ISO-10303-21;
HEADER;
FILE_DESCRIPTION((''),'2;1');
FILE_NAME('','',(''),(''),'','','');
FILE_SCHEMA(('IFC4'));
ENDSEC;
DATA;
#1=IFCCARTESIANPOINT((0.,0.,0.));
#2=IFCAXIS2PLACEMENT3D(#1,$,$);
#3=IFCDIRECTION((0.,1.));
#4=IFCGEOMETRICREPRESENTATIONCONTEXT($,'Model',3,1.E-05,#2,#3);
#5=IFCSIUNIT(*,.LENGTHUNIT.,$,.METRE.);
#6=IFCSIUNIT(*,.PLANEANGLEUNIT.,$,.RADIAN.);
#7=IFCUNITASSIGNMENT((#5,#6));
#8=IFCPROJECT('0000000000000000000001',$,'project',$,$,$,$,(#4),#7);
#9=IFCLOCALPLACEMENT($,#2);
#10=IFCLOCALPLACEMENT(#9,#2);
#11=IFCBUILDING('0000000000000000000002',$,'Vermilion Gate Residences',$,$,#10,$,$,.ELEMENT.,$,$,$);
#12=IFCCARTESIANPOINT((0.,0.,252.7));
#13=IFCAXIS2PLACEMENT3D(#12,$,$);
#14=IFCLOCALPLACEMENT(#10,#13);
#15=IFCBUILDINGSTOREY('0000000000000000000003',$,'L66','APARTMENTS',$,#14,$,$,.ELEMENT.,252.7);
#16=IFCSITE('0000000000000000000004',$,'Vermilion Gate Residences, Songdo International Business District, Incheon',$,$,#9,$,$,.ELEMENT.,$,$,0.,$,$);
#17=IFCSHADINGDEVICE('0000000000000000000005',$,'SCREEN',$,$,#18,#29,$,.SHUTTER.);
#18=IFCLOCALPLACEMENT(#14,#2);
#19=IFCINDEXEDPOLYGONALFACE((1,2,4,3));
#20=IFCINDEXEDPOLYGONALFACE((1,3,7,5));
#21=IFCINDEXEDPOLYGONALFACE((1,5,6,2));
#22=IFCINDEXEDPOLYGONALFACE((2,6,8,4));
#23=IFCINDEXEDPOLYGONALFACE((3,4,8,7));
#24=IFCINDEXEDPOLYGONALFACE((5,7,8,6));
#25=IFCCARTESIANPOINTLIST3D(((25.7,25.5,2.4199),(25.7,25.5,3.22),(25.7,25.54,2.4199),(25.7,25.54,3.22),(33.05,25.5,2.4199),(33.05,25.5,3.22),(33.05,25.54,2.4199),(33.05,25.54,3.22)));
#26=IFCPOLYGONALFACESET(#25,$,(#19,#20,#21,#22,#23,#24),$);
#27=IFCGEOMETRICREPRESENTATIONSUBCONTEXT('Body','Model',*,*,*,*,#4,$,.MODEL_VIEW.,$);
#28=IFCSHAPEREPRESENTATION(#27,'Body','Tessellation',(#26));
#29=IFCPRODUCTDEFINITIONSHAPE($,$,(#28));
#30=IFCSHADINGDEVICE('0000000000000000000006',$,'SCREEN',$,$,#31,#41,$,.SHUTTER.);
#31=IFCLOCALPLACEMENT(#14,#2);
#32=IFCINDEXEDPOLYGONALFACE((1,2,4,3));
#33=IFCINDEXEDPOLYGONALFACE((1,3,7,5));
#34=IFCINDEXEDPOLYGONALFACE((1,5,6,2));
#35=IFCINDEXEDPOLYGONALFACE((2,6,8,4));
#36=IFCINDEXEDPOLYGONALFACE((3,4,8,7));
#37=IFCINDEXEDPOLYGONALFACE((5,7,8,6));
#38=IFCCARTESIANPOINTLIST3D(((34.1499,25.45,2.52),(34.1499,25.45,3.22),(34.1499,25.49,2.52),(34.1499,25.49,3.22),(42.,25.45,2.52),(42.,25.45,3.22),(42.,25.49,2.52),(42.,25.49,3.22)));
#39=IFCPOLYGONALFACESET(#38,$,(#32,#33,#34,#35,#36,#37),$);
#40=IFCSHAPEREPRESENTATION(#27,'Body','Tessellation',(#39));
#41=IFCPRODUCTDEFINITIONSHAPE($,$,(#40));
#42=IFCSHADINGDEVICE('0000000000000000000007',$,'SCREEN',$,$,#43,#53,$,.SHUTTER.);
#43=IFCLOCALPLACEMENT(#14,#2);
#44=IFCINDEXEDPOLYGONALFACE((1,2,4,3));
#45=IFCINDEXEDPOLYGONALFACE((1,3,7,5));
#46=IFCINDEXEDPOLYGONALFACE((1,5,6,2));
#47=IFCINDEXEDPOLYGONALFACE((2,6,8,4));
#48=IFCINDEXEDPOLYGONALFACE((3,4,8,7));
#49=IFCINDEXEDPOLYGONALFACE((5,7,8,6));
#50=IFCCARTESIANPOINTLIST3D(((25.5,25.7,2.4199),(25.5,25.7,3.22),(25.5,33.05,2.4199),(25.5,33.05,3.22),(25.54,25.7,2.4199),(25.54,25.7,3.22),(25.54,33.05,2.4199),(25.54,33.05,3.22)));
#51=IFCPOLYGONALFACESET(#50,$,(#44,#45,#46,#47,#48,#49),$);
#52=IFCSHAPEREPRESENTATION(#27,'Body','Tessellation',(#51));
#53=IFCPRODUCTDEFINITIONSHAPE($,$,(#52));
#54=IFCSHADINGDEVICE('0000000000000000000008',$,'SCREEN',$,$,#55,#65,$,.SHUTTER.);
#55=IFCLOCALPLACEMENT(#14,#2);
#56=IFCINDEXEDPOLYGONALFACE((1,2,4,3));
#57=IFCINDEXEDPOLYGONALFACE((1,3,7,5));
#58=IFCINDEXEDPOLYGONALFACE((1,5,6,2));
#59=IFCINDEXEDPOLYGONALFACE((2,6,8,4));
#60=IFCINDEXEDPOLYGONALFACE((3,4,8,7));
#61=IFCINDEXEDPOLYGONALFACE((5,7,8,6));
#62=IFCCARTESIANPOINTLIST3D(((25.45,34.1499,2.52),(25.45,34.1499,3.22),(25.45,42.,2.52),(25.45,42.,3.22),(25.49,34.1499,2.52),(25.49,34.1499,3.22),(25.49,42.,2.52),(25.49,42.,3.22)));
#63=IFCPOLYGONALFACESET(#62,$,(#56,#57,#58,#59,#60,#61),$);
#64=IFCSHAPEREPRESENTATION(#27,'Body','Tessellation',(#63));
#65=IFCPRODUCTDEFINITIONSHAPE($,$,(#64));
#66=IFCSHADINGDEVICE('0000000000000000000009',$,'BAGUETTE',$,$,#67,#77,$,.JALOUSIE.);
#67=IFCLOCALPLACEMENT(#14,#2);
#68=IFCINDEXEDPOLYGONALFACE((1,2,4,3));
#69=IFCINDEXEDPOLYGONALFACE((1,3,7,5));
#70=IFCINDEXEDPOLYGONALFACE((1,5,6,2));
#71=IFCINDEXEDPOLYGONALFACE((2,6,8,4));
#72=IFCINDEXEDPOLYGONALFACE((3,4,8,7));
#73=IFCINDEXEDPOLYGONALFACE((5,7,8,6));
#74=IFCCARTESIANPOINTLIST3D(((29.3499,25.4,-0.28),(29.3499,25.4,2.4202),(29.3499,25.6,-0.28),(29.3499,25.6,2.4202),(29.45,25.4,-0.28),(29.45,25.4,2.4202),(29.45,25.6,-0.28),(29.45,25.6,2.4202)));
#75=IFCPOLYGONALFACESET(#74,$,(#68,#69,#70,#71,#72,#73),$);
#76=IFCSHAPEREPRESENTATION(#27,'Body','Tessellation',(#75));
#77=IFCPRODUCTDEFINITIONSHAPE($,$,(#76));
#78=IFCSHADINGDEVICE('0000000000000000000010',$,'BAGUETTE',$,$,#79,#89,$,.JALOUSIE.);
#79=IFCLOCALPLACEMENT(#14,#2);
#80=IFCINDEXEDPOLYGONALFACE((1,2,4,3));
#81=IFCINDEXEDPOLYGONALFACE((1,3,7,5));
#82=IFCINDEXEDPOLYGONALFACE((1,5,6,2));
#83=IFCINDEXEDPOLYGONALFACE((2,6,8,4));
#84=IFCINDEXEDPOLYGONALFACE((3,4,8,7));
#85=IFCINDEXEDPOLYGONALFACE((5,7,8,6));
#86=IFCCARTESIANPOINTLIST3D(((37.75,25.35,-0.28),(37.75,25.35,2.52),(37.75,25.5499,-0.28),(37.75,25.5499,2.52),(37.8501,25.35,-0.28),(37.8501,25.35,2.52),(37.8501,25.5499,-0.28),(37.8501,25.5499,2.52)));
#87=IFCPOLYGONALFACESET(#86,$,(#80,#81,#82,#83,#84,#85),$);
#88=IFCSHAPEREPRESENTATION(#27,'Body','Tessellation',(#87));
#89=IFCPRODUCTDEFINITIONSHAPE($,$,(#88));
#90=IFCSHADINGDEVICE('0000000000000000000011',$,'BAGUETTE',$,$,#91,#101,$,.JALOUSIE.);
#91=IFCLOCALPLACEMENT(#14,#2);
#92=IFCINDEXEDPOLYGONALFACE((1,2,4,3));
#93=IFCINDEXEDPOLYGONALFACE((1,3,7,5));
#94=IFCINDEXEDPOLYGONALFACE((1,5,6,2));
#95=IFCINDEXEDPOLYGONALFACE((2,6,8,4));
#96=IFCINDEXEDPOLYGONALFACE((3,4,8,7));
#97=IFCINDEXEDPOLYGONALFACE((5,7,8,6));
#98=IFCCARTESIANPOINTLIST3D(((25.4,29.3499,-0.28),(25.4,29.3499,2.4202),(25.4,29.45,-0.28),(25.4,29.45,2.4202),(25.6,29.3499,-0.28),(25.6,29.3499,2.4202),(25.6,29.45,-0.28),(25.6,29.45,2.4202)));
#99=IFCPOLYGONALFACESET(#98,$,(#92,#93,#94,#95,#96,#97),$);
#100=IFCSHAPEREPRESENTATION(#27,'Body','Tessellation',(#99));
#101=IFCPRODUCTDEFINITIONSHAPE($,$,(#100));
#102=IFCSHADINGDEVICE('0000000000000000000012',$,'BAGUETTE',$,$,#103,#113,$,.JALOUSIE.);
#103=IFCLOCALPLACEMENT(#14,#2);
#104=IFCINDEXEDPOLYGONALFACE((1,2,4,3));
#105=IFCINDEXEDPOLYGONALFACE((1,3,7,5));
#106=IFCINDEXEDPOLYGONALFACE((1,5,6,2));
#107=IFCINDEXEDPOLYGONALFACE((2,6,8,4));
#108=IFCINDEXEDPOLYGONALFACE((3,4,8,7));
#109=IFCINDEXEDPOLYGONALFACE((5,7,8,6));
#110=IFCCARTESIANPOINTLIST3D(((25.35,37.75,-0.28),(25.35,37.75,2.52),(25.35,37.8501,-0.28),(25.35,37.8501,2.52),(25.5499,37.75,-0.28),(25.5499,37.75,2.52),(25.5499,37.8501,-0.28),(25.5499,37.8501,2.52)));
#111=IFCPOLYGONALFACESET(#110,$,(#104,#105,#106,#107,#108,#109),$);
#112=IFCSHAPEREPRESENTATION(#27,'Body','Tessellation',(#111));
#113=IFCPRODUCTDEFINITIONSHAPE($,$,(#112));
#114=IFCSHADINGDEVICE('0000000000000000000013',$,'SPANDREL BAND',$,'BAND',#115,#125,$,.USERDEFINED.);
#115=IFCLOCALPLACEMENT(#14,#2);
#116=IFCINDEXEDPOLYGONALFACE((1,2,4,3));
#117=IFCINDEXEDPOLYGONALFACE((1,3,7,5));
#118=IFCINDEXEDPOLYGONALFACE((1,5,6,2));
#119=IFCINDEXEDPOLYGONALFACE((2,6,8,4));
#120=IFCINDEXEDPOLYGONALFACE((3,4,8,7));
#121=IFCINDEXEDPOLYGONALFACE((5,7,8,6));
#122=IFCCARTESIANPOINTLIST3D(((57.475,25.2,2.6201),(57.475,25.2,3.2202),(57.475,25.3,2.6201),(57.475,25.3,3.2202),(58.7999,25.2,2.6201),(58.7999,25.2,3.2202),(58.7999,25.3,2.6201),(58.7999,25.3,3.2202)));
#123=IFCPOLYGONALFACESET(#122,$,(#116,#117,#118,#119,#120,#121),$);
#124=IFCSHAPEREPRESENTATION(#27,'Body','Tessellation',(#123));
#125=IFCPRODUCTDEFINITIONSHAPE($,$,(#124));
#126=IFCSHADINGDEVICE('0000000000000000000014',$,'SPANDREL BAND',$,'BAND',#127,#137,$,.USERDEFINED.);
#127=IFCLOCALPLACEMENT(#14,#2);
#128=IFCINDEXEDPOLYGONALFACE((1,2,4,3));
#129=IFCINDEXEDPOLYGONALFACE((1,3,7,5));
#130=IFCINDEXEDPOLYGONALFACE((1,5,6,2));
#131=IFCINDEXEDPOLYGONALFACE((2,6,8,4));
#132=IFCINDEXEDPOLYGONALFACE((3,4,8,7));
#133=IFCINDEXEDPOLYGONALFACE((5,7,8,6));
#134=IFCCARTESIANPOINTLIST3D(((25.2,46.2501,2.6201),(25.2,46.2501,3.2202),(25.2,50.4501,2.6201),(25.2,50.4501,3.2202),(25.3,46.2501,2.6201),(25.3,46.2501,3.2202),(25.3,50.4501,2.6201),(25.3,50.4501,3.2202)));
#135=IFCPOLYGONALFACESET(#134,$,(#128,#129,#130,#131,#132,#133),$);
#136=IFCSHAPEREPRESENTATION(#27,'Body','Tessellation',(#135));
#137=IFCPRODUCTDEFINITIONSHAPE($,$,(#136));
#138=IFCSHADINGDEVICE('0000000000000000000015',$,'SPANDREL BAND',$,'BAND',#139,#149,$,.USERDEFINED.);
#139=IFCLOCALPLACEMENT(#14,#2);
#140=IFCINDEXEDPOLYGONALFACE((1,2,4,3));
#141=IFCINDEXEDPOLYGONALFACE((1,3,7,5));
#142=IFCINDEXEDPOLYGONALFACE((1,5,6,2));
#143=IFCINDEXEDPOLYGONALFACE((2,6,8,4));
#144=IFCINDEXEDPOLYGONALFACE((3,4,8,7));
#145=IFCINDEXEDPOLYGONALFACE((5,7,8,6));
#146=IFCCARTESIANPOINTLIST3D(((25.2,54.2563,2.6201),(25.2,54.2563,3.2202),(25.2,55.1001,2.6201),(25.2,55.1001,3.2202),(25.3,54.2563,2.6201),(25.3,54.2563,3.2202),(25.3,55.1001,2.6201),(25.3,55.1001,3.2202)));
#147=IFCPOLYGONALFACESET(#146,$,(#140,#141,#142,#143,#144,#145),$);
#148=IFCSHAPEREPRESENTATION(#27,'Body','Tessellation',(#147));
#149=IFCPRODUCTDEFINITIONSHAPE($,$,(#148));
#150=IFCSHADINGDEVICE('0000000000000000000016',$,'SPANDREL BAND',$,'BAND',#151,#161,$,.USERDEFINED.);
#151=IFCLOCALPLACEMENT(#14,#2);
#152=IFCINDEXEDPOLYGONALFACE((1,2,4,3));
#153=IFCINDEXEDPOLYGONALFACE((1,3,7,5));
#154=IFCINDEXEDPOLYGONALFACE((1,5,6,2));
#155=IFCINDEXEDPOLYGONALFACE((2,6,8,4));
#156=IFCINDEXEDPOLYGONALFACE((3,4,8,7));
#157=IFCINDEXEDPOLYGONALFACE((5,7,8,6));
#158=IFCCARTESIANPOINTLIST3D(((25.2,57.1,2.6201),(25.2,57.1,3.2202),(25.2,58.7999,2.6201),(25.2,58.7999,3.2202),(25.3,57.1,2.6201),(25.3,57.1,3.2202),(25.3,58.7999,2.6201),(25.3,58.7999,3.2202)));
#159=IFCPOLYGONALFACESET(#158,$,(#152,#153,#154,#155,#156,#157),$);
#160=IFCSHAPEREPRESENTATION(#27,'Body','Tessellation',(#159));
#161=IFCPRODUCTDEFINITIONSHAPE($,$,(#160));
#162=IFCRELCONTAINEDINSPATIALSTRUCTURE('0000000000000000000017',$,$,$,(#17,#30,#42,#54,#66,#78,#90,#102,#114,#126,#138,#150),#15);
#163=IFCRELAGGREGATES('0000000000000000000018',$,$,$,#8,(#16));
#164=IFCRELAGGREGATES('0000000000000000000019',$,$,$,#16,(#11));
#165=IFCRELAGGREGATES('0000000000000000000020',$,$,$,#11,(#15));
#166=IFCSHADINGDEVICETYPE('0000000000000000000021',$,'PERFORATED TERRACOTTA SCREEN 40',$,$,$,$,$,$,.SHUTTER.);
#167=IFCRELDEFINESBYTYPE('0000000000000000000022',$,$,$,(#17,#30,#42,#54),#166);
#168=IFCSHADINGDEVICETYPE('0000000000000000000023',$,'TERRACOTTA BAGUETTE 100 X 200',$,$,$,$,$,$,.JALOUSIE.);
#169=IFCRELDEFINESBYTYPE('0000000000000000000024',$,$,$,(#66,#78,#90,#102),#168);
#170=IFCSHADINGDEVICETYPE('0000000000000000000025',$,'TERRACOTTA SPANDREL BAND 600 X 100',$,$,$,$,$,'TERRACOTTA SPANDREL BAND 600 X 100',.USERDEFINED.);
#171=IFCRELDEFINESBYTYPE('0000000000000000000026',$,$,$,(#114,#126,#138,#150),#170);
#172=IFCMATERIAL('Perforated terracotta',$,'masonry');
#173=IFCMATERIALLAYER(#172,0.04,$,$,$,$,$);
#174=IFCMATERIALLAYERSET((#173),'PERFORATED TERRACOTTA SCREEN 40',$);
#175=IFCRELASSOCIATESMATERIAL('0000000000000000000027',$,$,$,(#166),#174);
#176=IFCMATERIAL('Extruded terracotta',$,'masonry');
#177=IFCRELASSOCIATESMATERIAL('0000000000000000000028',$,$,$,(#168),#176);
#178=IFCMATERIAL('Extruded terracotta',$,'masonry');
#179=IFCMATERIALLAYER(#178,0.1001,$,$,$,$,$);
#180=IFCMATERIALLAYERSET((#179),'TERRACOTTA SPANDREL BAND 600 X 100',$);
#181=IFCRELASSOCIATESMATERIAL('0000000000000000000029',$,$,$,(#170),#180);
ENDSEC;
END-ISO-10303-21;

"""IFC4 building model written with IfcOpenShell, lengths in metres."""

from ifc_helpers import new_model, si_unit, direction, frame, origin, origin_2d, place, context, subcontext, project, spatial, rectangle, extrude, material, layer, layer_set, material_profile, profile_set, type_object, element, save


model = new_model("IFC4")

# Units and contexts
model_context = context("Model", 3, precision=1e-05, world=origin(), true_north=direction((0.0, 1.0)))
body_context = subcontext(model_context, "Body", "Model", "MODEL_VIEW")
ifc_project = project(units=[si_unit("LENGTHUNIT", "METRE"), si_unit("PLANEANGLEUNIT", "RADIAN")], contexts=[model_context])

# Site, building, storey
site_placement = place(None, origin())
site = spatial("IfcSite", under=ifc_project, at=site_placement, Name="Vermilion Gate Residences, Songdo International Business District, Incheon", CompositionType="ELEMENT", RefElevation=0.0)
building_placement = place(site_placement, origin())
building = spatial("IfcBuilding", under=site, at=building_placement, Name="Vermilion Gate Residences", CompositionType="ELEMENT")
storey_placement = place(building_placement, frame((0.0, 0.0, 252.7)))
storey = spatial("IfcBuildingStorey", under=building, at=storey_placement, Name="L66", Description="APARTMENTS", CompositionType="ELEMENT", Elevation=252.7)

# Shading devices
ifc_material_1 = material(Name="Perforated terracotta", Category="masonry")
ifc_layer_1 = layer(ifc_material_1, 0.04)
ifc_layer_set_1 = layer_set([ifc_layer_1], Name="PERFORATED TERRACOTTA SCREEN 40")
shading_device_type_1 = type_object("IfcShadingDeviceType", Name="PERFORATED TERRACOTTA SCREEN 40", PredefinedType="SHUTTER", material=ifc_layer_set_1)
shading_device_1_placement = place(storey_placement, frame((29.375, 25.52, 2.4199), z_axis=(0.0, 0.0, 1.0), x_axis=(-1.0, 0.0, 0.0)))
element("IfcShadingDevice", 1, at=shading_device_1_placement, inside=storey, type_object=shading_device_type_1, Name="SCREEN", PredefinedType="SHUTTER", context=body_context, shape_type="SweptSolid", body=[
    extrude(rectangle(XDim=7.3501, YDim=0.04, at=origin_2d()), origin(), (0.0, 0.0, 1.0), 0.8),
])
shading_device_2_placement = place(storey_placement, frame((38.075, 25.47, 2.52), z_axis=(0.0, 0.0, 1.0), x_axis=(-1.0, 0.0, 0.0)))
element("IfcShadingDevice", 2, at=shading_device_2_placement, inside=storey, type_object=shading_device_type_1, Name="SCREEN", PredefinedType="SHUTTER", context=body_context, shape_type="SweptSolid", body=[
    extrude(rectangle(XDim=7.8501, YDim=0.04, at=origin_2d()), origin(), (0.0, 0.0, 1.0), 0.7),
])
shading_device_3_placement = place(storey_placement, frame((25.52, 29.375, 2.4199), z_axis=(0.0, 0.0, 1.0), x_axis=(0.0, 1.0, 0.0)))
element("IfcShadingDevice", 3, at=shading_device_3_placement, inside=storey, type_object=shading_device_type_1, Name="SCREEN", PredefinedType="SHUTTER", context=body_context, shape_type="SweptSolid", body=[
    extrude(rectangle(XDim=7.3501, YDim=0.04, at=origin_2d()), origin(), (0.0, 0.0, 1.0), 0.8),
])
shading_device_4_placement = place(storey_placement, frame((25.47, 38.075, 2.52), z_axis=(0.0, 0.0, 1.0), x_axis=(0.0, 1.0, 0.0)))
element("IfcShadingDevice", 4, at=shading_device_4_placement, inside=storey, type_object=shading_device_type_1, Name="SCREEN", PredefinedType="SHUTTER", context=body_context, shape_type="SweptSolid", body=[
    extrude(rectangle(XDim=7.8501, YDim=0.04, at=origin_2d()), origin(), (0.0, 0.0, 1.0), 0.7),
])
ifc_material_2 = material(Name="Extruded terracotta", Category="masonry")
ifc_material_profile = material_profile(ifc_material_2, rectangle(XDim=0.2, YDim=0.1001, at=origin_2d()), Name="BAGUETTE 100 X 200")
ifc_profile_set = profile_set([ifc_material_profile], Name="Extruded terracotta")
shading_device_type_2 = type_object("IfcShadingDeviceType", Name="TERRACOTTA BAGUETTE 100 X 200", PredefinedType="JALOUSIE", material=ifc_profile_set)
shading_device_5_placement = place(storey_placement, frame((29.3999, 25.5, -0.28), z_axis=(0.0, 0.0, 1.0), x_axis=(0.0, -1.0, 0.0)))
element("IfcShadingDevice", 5, at=shading_device_5_placement, inside=storey, type_object=shading_device_type_2, Name="BAGUETTE", PredefinedType="JALOUSIE", context=body_context, shape_type="SweptSolid", body=[
    extrude(rectangle(XDim=0.2, YDim=0.1001, at=origin_2d()), origin(), (0.0, 0.0, 1.0), 2.7002),
])
shading_device_6_placement = place(storey_placement, frame((37.8, 25.45, -0.28), z_axis=(0.0, 0.0, 1.0), x_axis=(0.0, -1.0, 0.0)))
element("IfcShadingDevice", 6, at=shading_device_6_placement, inside=storey, type_object=shading_device_type_2, Name="BAGUETTE", PredefinedType="JALOUSIE", context=body_context, shape_type="SweptSolid", body=[
    extrude(rectangle(XDim=0.2, YDim=0.1001, at=origin_2d()), origin(), (0.0, 0.0, 1.0), 2.8),
])
shading_device_7_placement = place(storey_placement, frame((25.5, 29.3999, -0.28), z_axis=(0.0, 0.0, 1.0), x_axis=(-1.0, 0.0, 0.0)))
element("IfcShadingDevice", 7, at=shading_device_7_placement, inside=storey, type_object=shading_device_type_2, Name="BAGUETTE", PredefinedType="JALOUSIE", context=body_context, shape_type="SweptSolid", body=[
    extrude(rectangle(XDim=0.2, YDim=0.1001, at=origin_2d()), origin(), (0.0, 0.0, 1.0), 2.7002),
])
shading_device_8_placement = place(storey_placement, frame((25.45, 37.8, -0.28), z_axis=(0.0, 0.0, 1.0), x_axis=(-1.0, 0.0, 0.0)))
element("IfcShadingDevice", 8, at=shading_device_8_placement, inside=storey, type_object=shading_device_type_2, Name="BAGUETTE", PredefinedType="JALOUSIE", context=body_context, shape_type="SweptSolid", body=[
    extrude(rectangle(XDim=0.2, YDim=0.1001, at=origin_2d()), origin(), (0.0, 0.0, 1.0), 2.8),
])
ifc_material_3 = material(Name="Extruded terracotta", Category="masonry")
ifc_layer_2 = layer(ifc_material_3, 0.1001)
ifc_layer_set_2 = layer_set([ifc_layer_2], Name="TERRACOTTA SPANDREL BAND 600 X 100")
shading_device_type_3 = type_object("IfcShadingDeviceType", Name="TERRACOTTA SPANDREL BAND 600 X 100", ElementType="TERRACOTTA SPANDREL BAND 600 X 100", PredefinedType="USERDEFINED", material=ifc_layer_set_2)
shading_device_9_placement = place(storey_placement, frame((58.1375, 25.25, 2.6201), z_axis=(0.0, 0.0, 1.0), x_axis=(1.0, 0.0, 0.0)))
element("IfcShadingDevice", 9, at=shading_device_9_placement, inside=storey, type_object=shading_device_type_3, Name="SPANDREL BAND", ObjectType="BAND", PredefinedType="USERDEFINED", context=body_context, shape_type="SweptSolid", body=[
    extrude(rectangle(XDim=1.325, YDim=0.1001, at=origin_2d()), origin(), (0.0, 0.0, 1.0), 0.6001),
])
shading_device_10_placement = place(storey_placement, frame((25.25, 48.3501, 2.6201), z_axis=(0.0, 0.0, 1.0), x_axis=(0.0, 1.0, 0.0)))
element("IfcShadingDevice", 10, at=shading_device_10_placement, inside=storey, type_object=shading_device_type_3, Name="SPANDREL BAND", ObjectType="BAND", PredefinedType="USERDEFINED", context=body_context, shape_type="SweptSolid", body=[
    extrude(rectangle(XDim=4.2, YDim=0.1001, at=origin_2d()), origin(), (0.0, 0.0, 1.0), 0.6001),
])
shading_device_11_placement = place(storey_placement, frame((25.25, 54.6782, 2.6201), z_axis=(0.0, 0.0, 1.0), x_axis=(0.0, 1.0, 0.0)))
element("IfcShadingDevice", 11, at=shading_device_11_placement, inside=storey, type_object=shading_device_type_3, Name="SPANDREL BAND", ObjectType="BAND", PredefinedType="USERDEFINED", context=body_context, shape_type="SweptSolid", body=[
    extrude(rectangle(XDim=0.8438, YDim=0.1001, at=origin_2d()), origin(), (0.0, 0.0, 1.0), 0.6001),
])
shading_device_12_placement = place(storey_placement, frame((25.25, 57.95, 2.6201), z_axis=(0.0, 0.0, 1.0), x_axis=(0.0, 1.0, 0.0)))
element("IfcShadingDevice", 12, at=shading_device_12_placement, inside=storey, type_object=shading_device_type_3, Name="SPANDREL BAND", ObjectType="BAND", PredefinedType="USERDEFINED", context=body_context, shape_type="SweptSolid", body=[
    extrude(rectangle(XDim=1.7, YDim=0.1001, at=origin_2d()), origin(), (0.0, 0.0, 1.0), 0.6001),
])

save(model, "model.ifc")
